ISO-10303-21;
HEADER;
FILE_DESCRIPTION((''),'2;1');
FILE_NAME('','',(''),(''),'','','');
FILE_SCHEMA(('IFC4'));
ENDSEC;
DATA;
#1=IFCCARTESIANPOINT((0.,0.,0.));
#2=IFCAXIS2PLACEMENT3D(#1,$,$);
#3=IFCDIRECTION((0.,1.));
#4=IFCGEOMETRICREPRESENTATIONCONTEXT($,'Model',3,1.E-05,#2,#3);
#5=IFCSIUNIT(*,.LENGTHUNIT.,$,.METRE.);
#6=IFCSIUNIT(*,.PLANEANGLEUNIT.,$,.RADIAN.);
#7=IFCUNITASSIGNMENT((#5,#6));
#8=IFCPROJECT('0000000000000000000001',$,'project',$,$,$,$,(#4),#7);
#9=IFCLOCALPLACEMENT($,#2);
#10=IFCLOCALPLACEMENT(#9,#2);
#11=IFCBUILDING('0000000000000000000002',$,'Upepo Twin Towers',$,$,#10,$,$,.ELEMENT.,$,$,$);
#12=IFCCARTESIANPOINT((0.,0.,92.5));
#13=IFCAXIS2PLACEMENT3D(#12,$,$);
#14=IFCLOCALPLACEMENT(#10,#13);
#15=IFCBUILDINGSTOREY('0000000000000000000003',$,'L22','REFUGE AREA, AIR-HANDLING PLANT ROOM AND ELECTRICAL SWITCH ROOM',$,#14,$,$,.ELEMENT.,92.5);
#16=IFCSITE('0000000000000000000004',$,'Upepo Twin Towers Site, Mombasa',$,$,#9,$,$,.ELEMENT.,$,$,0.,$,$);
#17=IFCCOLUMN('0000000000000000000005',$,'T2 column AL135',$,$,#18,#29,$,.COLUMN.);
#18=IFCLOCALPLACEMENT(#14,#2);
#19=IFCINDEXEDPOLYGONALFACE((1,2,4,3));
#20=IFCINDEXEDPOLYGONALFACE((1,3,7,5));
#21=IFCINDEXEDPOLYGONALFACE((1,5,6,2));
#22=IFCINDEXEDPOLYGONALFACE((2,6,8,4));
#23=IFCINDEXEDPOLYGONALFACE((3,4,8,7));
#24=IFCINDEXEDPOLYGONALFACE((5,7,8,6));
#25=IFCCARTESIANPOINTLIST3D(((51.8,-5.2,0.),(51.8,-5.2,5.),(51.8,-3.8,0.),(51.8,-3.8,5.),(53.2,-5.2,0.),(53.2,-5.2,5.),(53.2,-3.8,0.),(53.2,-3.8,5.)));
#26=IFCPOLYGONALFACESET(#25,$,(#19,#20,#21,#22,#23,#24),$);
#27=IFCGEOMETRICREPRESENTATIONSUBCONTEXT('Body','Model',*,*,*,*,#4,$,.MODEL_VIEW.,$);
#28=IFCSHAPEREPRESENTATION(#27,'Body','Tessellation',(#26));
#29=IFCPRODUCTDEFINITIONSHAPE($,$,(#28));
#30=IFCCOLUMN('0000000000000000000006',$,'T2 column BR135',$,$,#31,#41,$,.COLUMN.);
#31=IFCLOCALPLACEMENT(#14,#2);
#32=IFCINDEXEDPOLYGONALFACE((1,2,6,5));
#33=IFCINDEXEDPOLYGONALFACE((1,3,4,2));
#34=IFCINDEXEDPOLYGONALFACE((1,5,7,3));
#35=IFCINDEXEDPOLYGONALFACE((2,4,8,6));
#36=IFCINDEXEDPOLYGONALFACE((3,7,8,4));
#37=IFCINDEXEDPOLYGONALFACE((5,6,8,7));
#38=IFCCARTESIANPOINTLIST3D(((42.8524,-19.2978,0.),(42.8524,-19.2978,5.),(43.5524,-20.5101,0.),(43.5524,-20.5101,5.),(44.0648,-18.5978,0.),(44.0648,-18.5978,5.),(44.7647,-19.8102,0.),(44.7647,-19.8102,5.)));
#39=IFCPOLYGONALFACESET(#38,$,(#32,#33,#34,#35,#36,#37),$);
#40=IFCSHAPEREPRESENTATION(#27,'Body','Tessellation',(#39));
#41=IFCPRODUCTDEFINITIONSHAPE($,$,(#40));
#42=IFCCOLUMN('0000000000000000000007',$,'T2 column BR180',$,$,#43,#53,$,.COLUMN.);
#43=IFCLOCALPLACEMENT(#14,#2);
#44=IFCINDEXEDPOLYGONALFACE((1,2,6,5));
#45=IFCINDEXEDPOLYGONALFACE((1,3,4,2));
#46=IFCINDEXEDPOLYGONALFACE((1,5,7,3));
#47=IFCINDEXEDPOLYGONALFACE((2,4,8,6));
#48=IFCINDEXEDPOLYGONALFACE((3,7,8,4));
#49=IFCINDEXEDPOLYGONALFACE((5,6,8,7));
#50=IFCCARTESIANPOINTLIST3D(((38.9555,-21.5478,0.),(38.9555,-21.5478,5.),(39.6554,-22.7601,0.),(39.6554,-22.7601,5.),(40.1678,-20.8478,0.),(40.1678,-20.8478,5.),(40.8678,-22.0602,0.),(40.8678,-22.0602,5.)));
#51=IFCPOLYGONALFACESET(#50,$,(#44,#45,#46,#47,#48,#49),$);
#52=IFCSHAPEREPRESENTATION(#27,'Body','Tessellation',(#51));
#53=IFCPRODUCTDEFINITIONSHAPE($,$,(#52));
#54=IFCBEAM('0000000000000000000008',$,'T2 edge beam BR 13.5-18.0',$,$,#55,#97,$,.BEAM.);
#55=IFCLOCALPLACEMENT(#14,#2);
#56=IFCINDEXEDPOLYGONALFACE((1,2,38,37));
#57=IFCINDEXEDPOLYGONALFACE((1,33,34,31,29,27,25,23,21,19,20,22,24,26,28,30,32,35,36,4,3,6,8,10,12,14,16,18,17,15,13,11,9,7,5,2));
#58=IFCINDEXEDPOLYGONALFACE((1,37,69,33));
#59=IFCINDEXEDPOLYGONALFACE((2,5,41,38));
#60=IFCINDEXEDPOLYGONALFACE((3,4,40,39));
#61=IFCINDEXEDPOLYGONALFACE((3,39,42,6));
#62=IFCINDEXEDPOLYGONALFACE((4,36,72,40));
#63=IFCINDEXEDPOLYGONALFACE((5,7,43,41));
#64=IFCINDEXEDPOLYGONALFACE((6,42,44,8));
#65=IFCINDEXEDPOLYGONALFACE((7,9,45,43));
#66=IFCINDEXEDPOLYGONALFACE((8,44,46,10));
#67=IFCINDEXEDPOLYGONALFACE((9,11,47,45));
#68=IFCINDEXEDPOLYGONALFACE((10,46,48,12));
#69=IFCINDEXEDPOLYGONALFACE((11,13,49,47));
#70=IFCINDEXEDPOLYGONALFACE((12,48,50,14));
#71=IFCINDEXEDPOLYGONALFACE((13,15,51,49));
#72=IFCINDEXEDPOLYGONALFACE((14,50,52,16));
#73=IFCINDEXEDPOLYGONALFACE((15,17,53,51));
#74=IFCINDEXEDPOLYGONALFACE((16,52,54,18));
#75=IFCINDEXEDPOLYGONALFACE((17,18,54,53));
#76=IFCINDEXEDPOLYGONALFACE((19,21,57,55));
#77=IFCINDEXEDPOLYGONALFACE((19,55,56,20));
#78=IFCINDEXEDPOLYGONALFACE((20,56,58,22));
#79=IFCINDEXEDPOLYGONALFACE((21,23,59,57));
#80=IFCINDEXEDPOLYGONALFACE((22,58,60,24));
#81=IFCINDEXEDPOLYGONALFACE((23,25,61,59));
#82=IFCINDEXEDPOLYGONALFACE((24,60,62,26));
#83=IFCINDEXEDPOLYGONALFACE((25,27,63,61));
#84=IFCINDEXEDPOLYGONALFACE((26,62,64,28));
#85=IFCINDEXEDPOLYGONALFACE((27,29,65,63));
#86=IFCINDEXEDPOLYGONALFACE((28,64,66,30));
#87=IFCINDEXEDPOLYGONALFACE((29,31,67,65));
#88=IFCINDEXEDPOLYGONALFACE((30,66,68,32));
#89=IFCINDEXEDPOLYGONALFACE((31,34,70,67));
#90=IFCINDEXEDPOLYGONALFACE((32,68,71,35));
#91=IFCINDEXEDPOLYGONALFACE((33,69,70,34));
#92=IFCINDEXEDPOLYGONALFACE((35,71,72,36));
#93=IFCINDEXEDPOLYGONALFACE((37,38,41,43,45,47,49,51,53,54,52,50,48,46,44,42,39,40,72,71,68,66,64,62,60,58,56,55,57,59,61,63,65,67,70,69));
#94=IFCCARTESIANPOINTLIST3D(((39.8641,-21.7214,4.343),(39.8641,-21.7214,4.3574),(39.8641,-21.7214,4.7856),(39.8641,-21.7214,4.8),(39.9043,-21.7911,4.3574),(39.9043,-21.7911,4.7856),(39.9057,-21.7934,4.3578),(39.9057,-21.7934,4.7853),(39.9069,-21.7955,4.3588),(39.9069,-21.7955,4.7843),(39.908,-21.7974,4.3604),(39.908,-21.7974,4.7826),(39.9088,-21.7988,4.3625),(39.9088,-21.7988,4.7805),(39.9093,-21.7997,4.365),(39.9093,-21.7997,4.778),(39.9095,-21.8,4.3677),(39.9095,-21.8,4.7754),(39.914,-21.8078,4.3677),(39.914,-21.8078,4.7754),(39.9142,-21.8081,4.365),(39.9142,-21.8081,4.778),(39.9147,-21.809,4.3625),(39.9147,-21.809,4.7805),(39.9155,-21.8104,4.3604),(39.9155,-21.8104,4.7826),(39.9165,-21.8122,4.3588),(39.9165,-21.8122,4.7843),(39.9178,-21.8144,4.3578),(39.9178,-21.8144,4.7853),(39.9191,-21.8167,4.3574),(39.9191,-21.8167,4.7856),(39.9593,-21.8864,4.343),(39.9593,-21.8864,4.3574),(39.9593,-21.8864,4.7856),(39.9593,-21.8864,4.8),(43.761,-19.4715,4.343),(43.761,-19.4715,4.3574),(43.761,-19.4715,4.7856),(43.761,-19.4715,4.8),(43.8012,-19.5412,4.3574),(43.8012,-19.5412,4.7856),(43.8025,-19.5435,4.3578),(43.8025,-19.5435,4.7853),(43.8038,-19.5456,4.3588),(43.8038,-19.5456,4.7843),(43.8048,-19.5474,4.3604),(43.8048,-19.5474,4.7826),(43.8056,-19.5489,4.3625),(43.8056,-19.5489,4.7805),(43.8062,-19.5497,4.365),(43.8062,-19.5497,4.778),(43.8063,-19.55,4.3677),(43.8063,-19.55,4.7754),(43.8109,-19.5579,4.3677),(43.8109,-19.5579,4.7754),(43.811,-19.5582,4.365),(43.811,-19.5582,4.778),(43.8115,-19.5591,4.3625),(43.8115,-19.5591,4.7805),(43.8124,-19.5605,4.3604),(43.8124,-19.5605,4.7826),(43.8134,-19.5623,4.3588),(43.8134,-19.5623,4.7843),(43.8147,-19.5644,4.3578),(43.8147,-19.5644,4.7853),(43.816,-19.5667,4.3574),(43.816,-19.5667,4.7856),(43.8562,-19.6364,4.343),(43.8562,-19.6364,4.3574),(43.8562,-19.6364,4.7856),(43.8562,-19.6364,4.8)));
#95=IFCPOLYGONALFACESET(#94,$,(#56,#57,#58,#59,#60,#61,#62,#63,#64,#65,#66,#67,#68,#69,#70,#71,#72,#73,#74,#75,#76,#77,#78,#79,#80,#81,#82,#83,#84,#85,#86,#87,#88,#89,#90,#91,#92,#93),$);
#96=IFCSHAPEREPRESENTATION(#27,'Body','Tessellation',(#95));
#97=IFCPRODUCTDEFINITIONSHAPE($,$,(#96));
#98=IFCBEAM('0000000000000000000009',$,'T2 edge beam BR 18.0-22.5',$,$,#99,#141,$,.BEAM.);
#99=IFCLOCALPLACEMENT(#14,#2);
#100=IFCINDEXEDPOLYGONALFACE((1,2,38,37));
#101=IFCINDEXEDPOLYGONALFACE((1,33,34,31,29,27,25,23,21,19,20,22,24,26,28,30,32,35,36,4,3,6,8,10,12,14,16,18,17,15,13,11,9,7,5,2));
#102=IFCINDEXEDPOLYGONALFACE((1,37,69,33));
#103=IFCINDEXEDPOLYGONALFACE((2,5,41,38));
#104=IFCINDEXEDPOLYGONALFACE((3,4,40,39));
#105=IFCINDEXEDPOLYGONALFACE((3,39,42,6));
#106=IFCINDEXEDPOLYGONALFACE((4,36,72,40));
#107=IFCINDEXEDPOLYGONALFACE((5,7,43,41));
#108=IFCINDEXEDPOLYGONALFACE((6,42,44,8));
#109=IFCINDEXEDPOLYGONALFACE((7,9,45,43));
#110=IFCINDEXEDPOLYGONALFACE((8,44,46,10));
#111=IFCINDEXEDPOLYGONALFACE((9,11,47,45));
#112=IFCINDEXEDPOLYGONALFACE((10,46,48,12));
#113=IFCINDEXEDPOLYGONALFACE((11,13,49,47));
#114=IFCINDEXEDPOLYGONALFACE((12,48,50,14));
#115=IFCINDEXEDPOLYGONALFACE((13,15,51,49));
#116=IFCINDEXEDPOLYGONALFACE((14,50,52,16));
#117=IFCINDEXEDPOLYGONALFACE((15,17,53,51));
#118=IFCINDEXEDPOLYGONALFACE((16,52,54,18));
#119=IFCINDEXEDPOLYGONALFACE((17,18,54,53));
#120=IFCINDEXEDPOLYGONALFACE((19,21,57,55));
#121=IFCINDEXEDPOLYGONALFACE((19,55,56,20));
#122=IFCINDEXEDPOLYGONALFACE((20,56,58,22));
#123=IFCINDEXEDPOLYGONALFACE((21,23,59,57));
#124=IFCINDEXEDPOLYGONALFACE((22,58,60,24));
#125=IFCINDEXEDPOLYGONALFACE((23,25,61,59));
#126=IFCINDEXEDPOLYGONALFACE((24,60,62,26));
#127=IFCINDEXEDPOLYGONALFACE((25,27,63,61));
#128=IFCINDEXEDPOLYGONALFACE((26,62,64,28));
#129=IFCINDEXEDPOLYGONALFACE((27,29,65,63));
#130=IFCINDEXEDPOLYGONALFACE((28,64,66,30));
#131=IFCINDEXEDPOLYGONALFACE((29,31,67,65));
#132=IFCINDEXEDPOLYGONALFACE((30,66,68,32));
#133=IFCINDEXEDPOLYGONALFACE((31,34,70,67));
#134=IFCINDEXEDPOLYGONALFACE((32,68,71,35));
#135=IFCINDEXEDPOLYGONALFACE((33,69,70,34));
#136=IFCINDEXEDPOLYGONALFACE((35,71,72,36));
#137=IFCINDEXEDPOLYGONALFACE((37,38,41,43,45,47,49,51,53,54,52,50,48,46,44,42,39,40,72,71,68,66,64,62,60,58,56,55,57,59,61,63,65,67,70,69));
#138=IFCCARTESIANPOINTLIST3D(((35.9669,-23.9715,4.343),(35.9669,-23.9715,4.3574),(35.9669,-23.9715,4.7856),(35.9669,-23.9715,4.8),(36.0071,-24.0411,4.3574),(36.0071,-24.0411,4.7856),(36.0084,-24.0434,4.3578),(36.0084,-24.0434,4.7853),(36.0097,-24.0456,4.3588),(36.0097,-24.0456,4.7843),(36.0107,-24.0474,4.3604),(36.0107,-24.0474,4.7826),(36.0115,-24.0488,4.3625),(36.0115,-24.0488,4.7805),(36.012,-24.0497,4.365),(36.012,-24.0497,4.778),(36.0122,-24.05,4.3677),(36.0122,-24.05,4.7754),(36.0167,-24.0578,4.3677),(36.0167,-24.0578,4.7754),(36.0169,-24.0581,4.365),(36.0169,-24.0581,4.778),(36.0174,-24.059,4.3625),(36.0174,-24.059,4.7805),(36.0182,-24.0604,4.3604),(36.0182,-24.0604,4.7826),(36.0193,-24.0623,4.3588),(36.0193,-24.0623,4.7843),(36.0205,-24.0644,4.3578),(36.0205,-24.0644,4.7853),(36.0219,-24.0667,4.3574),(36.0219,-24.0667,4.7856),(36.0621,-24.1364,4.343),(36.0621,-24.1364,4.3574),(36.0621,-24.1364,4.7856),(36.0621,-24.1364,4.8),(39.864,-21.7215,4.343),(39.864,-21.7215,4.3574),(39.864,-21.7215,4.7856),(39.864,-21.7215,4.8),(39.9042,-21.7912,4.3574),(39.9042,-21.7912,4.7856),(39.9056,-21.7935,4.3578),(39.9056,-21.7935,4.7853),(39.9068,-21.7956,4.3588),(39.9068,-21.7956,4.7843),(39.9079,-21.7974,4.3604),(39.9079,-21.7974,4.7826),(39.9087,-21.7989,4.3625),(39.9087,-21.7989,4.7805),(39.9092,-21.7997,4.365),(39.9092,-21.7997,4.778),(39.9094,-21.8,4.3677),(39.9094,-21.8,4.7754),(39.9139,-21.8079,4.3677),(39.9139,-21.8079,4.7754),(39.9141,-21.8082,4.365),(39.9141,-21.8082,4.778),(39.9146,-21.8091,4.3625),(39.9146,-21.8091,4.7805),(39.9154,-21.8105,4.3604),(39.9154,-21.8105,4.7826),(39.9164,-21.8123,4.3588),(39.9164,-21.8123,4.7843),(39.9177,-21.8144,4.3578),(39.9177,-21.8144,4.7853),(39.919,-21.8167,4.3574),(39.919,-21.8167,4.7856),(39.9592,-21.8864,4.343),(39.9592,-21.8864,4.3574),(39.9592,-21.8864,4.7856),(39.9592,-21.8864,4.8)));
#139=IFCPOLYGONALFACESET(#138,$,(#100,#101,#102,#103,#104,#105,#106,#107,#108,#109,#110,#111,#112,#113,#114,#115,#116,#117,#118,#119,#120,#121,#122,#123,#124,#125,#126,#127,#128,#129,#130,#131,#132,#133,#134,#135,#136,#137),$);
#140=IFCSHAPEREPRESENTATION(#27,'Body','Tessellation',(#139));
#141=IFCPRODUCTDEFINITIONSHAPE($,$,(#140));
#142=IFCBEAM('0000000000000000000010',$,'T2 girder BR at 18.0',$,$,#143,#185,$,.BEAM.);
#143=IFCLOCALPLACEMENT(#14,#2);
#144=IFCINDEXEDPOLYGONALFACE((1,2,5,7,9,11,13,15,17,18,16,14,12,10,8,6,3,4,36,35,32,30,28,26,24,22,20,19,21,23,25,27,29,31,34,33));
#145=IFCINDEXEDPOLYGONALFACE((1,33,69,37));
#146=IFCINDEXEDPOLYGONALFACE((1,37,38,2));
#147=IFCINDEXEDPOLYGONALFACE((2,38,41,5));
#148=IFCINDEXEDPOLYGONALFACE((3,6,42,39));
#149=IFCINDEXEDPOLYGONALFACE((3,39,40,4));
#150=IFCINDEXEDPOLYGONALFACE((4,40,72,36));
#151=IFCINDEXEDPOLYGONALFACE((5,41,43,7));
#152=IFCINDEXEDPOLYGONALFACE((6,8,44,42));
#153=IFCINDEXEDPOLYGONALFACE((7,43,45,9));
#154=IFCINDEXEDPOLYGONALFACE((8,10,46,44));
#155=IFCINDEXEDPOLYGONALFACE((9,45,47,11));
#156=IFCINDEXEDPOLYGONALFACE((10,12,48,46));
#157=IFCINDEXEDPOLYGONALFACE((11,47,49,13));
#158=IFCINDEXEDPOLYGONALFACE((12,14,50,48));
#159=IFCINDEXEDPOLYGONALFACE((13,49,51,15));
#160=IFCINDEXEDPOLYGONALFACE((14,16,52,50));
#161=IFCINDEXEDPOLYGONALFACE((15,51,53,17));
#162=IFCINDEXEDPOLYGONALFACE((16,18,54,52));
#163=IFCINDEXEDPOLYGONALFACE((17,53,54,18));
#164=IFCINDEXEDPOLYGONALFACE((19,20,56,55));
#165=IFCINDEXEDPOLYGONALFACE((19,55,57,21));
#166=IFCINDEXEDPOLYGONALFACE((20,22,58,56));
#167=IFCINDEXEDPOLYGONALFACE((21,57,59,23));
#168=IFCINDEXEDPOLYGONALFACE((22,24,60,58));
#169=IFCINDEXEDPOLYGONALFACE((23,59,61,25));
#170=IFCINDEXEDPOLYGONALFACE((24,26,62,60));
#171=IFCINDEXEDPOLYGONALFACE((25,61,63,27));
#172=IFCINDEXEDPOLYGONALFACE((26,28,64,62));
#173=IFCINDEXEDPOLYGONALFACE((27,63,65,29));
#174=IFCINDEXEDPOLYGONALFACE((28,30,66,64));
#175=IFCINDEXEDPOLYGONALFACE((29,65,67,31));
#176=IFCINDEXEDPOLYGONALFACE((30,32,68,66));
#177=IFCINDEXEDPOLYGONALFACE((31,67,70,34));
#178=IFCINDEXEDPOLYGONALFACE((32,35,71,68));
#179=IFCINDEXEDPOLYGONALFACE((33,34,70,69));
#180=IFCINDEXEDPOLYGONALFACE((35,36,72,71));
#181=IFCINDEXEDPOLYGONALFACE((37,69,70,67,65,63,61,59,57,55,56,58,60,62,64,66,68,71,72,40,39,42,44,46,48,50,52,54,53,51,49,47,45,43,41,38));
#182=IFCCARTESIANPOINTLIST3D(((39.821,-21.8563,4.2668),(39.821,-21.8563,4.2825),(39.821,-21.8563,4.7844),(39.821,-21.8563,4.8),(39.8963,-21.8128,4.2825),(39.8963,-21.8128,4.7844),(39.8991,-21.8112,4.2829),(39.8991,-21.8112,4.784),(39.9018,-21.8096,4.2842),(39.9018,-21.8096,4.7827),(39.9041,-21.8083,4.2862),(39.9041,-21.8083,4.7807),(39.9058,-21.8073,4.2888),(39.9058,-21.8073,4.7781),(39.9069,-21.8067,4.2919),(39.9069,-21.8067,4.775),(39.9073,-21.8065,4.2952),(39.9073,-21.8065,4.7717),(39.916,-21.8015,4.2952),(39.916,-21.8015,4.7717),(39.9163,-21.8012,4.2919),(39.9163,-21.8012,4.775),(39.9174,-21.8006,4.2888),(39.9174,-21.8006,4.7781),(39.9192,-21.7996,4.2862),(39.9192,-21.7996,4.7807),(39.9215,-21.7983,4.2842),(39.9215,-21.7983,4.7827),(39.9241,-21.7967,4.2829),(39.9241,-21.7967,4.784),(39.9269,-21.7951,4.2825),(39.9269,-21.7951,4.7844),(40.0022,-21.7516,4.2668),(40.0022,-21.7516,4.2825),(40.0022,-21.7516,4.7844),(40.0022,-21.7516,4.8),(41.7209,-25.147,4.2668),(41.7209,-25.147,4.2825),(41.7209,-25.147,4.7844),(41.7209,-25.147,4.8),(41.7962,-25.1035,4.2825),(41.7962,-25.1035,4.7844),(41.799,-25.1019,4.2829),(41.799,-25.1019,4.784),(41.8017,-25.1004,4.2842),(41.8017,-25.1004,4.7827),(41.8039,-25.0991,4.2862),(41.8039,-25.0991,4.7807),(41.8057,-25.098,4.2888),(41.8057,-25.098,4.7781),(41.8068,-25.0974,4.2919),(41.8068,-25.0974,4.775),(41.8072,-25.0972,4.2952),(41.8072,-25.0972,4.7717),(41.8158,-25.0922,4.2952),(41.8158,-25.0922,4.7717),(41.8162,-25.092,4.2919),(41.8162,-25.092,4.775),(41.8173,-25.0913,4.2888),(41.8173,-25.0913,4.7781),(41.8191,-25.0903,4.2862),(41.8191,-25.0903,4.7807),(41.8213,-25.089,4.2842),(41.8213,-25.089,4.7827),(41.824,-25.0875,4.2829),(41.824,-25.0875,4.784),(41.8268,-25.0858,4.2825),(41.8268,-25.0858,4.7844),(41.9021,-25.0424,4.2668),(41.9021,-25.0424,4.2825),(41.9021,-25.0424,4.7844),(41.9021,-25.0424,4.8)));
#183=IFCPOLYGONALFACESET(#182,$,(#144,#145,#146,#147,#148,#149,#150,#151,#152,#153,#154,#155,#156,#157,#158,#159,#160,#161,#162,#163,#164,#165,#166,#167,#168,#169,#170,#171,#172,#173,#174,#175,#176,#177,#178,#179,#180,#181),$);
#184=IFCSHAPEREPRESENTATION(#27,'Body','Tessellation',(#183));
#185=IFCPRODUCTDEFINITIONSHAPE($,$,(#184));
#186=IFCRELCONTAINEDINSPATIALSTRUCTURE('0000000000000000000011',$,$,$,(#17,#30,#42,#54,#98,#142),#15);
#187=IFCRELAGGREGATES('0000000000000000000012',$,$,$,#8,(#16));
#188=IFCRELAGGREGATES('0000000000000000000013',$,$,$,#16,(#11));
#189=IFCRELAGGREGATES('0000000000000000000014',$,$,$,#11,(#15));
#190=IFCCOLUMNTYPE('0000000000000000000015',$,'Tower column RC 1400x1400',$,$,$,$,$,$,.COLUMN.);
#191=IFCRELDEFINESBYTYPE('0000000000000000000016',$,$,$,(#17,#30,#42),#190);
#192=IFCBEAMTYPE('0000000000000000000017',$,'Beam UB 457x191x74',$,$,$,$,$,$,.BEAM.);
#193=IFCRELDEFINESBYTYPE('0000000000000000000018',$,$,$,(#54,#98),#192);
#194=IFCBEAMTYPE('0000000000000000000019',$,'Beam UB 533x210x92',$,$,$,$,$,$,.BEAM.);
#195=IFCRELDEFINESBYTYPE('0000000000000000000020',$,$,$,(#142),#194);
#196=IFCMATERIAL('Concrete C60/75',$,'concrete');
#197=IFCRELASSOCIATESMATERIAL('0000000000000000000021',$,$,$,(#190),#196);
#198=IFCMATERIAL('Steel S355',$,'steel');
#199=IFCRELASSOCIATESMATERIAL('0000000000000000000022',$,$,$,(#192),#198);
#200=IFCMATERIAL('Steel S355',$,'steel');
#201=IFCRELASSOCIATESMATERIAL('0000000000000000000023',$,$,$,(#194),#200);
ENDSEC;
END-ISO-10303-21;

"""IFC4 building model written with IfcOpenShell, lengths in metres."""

from ifc_helpers import new_model, si_unit, direction, frame, origin, origin_2d, place, context, subcontext, project, spatial, rectangle, i_section, extrude, material, material_profile, profile_set, type_object, element, save


model = new_model("IFC4")

# Units and contexts
model_context = context("Model", 3, precision=1e-05, world=origin(), true_north=direction((0.0, 1.0)))
body_context = subcontext(model_context, "Body", "Model", "MODEL_VIEW")
ifc_project = project(units=[si_unit("LENGTHUNIT", "METRE"), si_unit("PLANEANGLEUNIT", "RADIAN")], contexts=[model_context])

# Site, building, storey
site_placement = place(None, origin())
site = spatial("IfcSite", under=ifc_project, at=site_placement, Name="Upepo Twin Towers Site, Mombasa", CompositionType="ELEMENT", RefElevation=0.0)
building_placement = place(site_placement, origin())
building = spatial("IfcBuilding", under=site, at=building_placement, Name="Upepo Twin Towers", CompositionType="ELEMENT")
storey_placement = place(building_placement, frame((0.0, 0.0, 92.5)))
storey = spatial("IfcBuildingStorey", under=building, at=storey_placement, Name="L22", Description="REFUGE AREA, AIR-HANDLING PLANT ROOM AND ELECTRICAL SWITCH ROOM", CompositionType="ELEMENT", Elevation=92.5)

# Columns
ifc_material_1 = material(Name="Concrete C60/75", Category="concrete")
ifc_material_profile_1 = material_profile(ifc_material_1, rectangle(XDim=1.3999, YDim=1.3999, at=origin_2d()), Name="RC 1400x1400")
ifc_profile_set_1 = profile_set([ifc_material_profile_1], Name="Concrete C60/75")
column_type = type_object("IfcColumnType", Name="Tower column RC 1400x1400", PredefinedType="COLUMN", material=ifc_profile_set_1)
for number, where, z_axis, x_axis, name in (
    (1, (52.5, -4.5, 0.0), (0.0, 0.0, 1.0), (1.0, 0.0, 0.0), "T2 column AL135"),
    (2, (43.8086, -19.554, 0.0), (0.0, 0.0, 1.0), (0.866025, 0.5, 0.0), "T2 column BR135"),
    (3, (39.9116, -21.804, 0.0), (0.0, 0.0, 1.0), (0.866025, 0.5, 0.0), "T2 column BR180"),
):
    element("IfcColumn", number, at=place(storey_placement, frame(where, z_axis=z_axis, x_axis=x_axis)), inside=storey, type_object=column_type, Name=name, PredefinedType="COLUMN", context=body_context, shape_type="SweptSolid", body=[
        extrude(rectangle(XDim=1.3999, YDim=1.3999, at=origin_2d()), origin(), (0.0, 0.0, 1.0), 5.0),
    ])

# Beams
ifc_material_2 = material(Name="Steel S355", Category="steel")
ifc_material_profile_2 = material_profile(ifc_material_2, i_section(OverallWidth=0.1904, OverallDepth=0.457, WebThickness=0.009, FlangeThickness=0.0144, FilletRadius=0.0103, at=origin_2d()), Name="UB 457x191x74")
ifc_profile_set_2 = profile_set([ifc_material_profile_2], Name="Steel S355")
beam_type_1 = type_object("IfcBeamType", Name="Beam UB 457x191x74", PredefinedType="BEAM", material=ifc_profile_set_2)
beam_1_placement = place(storey_placement, frame((43.8086, -19.554, 4.5715), z_axis=(-0.866018, -0.500014, 0.0), x_axis=(0.500014, -0.866018, 0.0)))
element("IfcBeam", 4, at=beam_1_placement, inside=storey, type_object=beam_type_1, Name="T2 edge beam BR 13.5-18.0", PredefinedType="BEAM", context=body_context, shape_type="SweptSolid", body=[
    extrude(i_section(OverallWidth=0.1904, OverallDepth=0.457, WebThickness=0.009, FlangeThickness=0.0144, FilletRadius=0.0103, at=origin_2d()), origin(), (0.0, 0.0, 1.0), 4.4998),
])
beam_2_placement = place(storey_placement, frame((39.9116, -21.804, 4.5715), z_axis=(-0.866031, -0.49999, 0.0), x_axis=(0.49999, -0.866031, 0.0)))
element("IfcBeam", 5, at=beam_2_placement, inside=storey, type_object=beam_type_1, Name="T2 edge beam BR 18.0-22.5", PredefinedType="BEAM", context=body_context, shape_type="SweptSolid", body=[
    extrude(i_section(OverallWidth=0.1904, OverallDepth=0.457, WebThickness=0.009, FlangeThickness=0.0144, FilletRadius=0.0103, at=origin_2d()), origin(), (0.0, 0.0, 1.0), 4.5),
])
ifc_material_3 = material(Name="Steel S355", Category="steel")
ifc_material_profile_3 = material_profile(ifc_material_3, i_section(OverallWidth=0.2092, OverallDepth=0.5332, WebThickness=0.01, FlangeThickness=0.0156, FilletRadius=0.0127, at=origin_2d()), Name="UB 533x210x92")
ifc_profile_set_3 = profile_set([ifc_material_profile_3], Name="Steel S355")
beam_type_2 = type_object("IfcBeamType", Name="Beam UB 533x210x92", PredefinedType="BEAM", material=ifc_profile_set_3)
beam_3_placement = place(storey_placement, frame((39.9116, -21.804, 4.5334), z_axis=(0.499995, -0.866028, 0.0), x_axis=(0.866028, 0.499995, 0.0)))
element("IfcBeam", 6, at=beam_3_placement, inside=storey, type_object=beam_type_2, Name="T2 girder BR at 18.0", PredefinedType="BEAM", context=body_context, shape_type="SweptSolid", body=[
    extrude(i_section(OverallWidth=0.2092, OverallDepth=0.5332, WebThickness=0.01, FlangeThickness=0.0156, FilletRadius=0.0127, at=origin_2d()), origin(), (0.0, 0.0, 1.0), 3.7998),
])

save(model, "model.ifc")
